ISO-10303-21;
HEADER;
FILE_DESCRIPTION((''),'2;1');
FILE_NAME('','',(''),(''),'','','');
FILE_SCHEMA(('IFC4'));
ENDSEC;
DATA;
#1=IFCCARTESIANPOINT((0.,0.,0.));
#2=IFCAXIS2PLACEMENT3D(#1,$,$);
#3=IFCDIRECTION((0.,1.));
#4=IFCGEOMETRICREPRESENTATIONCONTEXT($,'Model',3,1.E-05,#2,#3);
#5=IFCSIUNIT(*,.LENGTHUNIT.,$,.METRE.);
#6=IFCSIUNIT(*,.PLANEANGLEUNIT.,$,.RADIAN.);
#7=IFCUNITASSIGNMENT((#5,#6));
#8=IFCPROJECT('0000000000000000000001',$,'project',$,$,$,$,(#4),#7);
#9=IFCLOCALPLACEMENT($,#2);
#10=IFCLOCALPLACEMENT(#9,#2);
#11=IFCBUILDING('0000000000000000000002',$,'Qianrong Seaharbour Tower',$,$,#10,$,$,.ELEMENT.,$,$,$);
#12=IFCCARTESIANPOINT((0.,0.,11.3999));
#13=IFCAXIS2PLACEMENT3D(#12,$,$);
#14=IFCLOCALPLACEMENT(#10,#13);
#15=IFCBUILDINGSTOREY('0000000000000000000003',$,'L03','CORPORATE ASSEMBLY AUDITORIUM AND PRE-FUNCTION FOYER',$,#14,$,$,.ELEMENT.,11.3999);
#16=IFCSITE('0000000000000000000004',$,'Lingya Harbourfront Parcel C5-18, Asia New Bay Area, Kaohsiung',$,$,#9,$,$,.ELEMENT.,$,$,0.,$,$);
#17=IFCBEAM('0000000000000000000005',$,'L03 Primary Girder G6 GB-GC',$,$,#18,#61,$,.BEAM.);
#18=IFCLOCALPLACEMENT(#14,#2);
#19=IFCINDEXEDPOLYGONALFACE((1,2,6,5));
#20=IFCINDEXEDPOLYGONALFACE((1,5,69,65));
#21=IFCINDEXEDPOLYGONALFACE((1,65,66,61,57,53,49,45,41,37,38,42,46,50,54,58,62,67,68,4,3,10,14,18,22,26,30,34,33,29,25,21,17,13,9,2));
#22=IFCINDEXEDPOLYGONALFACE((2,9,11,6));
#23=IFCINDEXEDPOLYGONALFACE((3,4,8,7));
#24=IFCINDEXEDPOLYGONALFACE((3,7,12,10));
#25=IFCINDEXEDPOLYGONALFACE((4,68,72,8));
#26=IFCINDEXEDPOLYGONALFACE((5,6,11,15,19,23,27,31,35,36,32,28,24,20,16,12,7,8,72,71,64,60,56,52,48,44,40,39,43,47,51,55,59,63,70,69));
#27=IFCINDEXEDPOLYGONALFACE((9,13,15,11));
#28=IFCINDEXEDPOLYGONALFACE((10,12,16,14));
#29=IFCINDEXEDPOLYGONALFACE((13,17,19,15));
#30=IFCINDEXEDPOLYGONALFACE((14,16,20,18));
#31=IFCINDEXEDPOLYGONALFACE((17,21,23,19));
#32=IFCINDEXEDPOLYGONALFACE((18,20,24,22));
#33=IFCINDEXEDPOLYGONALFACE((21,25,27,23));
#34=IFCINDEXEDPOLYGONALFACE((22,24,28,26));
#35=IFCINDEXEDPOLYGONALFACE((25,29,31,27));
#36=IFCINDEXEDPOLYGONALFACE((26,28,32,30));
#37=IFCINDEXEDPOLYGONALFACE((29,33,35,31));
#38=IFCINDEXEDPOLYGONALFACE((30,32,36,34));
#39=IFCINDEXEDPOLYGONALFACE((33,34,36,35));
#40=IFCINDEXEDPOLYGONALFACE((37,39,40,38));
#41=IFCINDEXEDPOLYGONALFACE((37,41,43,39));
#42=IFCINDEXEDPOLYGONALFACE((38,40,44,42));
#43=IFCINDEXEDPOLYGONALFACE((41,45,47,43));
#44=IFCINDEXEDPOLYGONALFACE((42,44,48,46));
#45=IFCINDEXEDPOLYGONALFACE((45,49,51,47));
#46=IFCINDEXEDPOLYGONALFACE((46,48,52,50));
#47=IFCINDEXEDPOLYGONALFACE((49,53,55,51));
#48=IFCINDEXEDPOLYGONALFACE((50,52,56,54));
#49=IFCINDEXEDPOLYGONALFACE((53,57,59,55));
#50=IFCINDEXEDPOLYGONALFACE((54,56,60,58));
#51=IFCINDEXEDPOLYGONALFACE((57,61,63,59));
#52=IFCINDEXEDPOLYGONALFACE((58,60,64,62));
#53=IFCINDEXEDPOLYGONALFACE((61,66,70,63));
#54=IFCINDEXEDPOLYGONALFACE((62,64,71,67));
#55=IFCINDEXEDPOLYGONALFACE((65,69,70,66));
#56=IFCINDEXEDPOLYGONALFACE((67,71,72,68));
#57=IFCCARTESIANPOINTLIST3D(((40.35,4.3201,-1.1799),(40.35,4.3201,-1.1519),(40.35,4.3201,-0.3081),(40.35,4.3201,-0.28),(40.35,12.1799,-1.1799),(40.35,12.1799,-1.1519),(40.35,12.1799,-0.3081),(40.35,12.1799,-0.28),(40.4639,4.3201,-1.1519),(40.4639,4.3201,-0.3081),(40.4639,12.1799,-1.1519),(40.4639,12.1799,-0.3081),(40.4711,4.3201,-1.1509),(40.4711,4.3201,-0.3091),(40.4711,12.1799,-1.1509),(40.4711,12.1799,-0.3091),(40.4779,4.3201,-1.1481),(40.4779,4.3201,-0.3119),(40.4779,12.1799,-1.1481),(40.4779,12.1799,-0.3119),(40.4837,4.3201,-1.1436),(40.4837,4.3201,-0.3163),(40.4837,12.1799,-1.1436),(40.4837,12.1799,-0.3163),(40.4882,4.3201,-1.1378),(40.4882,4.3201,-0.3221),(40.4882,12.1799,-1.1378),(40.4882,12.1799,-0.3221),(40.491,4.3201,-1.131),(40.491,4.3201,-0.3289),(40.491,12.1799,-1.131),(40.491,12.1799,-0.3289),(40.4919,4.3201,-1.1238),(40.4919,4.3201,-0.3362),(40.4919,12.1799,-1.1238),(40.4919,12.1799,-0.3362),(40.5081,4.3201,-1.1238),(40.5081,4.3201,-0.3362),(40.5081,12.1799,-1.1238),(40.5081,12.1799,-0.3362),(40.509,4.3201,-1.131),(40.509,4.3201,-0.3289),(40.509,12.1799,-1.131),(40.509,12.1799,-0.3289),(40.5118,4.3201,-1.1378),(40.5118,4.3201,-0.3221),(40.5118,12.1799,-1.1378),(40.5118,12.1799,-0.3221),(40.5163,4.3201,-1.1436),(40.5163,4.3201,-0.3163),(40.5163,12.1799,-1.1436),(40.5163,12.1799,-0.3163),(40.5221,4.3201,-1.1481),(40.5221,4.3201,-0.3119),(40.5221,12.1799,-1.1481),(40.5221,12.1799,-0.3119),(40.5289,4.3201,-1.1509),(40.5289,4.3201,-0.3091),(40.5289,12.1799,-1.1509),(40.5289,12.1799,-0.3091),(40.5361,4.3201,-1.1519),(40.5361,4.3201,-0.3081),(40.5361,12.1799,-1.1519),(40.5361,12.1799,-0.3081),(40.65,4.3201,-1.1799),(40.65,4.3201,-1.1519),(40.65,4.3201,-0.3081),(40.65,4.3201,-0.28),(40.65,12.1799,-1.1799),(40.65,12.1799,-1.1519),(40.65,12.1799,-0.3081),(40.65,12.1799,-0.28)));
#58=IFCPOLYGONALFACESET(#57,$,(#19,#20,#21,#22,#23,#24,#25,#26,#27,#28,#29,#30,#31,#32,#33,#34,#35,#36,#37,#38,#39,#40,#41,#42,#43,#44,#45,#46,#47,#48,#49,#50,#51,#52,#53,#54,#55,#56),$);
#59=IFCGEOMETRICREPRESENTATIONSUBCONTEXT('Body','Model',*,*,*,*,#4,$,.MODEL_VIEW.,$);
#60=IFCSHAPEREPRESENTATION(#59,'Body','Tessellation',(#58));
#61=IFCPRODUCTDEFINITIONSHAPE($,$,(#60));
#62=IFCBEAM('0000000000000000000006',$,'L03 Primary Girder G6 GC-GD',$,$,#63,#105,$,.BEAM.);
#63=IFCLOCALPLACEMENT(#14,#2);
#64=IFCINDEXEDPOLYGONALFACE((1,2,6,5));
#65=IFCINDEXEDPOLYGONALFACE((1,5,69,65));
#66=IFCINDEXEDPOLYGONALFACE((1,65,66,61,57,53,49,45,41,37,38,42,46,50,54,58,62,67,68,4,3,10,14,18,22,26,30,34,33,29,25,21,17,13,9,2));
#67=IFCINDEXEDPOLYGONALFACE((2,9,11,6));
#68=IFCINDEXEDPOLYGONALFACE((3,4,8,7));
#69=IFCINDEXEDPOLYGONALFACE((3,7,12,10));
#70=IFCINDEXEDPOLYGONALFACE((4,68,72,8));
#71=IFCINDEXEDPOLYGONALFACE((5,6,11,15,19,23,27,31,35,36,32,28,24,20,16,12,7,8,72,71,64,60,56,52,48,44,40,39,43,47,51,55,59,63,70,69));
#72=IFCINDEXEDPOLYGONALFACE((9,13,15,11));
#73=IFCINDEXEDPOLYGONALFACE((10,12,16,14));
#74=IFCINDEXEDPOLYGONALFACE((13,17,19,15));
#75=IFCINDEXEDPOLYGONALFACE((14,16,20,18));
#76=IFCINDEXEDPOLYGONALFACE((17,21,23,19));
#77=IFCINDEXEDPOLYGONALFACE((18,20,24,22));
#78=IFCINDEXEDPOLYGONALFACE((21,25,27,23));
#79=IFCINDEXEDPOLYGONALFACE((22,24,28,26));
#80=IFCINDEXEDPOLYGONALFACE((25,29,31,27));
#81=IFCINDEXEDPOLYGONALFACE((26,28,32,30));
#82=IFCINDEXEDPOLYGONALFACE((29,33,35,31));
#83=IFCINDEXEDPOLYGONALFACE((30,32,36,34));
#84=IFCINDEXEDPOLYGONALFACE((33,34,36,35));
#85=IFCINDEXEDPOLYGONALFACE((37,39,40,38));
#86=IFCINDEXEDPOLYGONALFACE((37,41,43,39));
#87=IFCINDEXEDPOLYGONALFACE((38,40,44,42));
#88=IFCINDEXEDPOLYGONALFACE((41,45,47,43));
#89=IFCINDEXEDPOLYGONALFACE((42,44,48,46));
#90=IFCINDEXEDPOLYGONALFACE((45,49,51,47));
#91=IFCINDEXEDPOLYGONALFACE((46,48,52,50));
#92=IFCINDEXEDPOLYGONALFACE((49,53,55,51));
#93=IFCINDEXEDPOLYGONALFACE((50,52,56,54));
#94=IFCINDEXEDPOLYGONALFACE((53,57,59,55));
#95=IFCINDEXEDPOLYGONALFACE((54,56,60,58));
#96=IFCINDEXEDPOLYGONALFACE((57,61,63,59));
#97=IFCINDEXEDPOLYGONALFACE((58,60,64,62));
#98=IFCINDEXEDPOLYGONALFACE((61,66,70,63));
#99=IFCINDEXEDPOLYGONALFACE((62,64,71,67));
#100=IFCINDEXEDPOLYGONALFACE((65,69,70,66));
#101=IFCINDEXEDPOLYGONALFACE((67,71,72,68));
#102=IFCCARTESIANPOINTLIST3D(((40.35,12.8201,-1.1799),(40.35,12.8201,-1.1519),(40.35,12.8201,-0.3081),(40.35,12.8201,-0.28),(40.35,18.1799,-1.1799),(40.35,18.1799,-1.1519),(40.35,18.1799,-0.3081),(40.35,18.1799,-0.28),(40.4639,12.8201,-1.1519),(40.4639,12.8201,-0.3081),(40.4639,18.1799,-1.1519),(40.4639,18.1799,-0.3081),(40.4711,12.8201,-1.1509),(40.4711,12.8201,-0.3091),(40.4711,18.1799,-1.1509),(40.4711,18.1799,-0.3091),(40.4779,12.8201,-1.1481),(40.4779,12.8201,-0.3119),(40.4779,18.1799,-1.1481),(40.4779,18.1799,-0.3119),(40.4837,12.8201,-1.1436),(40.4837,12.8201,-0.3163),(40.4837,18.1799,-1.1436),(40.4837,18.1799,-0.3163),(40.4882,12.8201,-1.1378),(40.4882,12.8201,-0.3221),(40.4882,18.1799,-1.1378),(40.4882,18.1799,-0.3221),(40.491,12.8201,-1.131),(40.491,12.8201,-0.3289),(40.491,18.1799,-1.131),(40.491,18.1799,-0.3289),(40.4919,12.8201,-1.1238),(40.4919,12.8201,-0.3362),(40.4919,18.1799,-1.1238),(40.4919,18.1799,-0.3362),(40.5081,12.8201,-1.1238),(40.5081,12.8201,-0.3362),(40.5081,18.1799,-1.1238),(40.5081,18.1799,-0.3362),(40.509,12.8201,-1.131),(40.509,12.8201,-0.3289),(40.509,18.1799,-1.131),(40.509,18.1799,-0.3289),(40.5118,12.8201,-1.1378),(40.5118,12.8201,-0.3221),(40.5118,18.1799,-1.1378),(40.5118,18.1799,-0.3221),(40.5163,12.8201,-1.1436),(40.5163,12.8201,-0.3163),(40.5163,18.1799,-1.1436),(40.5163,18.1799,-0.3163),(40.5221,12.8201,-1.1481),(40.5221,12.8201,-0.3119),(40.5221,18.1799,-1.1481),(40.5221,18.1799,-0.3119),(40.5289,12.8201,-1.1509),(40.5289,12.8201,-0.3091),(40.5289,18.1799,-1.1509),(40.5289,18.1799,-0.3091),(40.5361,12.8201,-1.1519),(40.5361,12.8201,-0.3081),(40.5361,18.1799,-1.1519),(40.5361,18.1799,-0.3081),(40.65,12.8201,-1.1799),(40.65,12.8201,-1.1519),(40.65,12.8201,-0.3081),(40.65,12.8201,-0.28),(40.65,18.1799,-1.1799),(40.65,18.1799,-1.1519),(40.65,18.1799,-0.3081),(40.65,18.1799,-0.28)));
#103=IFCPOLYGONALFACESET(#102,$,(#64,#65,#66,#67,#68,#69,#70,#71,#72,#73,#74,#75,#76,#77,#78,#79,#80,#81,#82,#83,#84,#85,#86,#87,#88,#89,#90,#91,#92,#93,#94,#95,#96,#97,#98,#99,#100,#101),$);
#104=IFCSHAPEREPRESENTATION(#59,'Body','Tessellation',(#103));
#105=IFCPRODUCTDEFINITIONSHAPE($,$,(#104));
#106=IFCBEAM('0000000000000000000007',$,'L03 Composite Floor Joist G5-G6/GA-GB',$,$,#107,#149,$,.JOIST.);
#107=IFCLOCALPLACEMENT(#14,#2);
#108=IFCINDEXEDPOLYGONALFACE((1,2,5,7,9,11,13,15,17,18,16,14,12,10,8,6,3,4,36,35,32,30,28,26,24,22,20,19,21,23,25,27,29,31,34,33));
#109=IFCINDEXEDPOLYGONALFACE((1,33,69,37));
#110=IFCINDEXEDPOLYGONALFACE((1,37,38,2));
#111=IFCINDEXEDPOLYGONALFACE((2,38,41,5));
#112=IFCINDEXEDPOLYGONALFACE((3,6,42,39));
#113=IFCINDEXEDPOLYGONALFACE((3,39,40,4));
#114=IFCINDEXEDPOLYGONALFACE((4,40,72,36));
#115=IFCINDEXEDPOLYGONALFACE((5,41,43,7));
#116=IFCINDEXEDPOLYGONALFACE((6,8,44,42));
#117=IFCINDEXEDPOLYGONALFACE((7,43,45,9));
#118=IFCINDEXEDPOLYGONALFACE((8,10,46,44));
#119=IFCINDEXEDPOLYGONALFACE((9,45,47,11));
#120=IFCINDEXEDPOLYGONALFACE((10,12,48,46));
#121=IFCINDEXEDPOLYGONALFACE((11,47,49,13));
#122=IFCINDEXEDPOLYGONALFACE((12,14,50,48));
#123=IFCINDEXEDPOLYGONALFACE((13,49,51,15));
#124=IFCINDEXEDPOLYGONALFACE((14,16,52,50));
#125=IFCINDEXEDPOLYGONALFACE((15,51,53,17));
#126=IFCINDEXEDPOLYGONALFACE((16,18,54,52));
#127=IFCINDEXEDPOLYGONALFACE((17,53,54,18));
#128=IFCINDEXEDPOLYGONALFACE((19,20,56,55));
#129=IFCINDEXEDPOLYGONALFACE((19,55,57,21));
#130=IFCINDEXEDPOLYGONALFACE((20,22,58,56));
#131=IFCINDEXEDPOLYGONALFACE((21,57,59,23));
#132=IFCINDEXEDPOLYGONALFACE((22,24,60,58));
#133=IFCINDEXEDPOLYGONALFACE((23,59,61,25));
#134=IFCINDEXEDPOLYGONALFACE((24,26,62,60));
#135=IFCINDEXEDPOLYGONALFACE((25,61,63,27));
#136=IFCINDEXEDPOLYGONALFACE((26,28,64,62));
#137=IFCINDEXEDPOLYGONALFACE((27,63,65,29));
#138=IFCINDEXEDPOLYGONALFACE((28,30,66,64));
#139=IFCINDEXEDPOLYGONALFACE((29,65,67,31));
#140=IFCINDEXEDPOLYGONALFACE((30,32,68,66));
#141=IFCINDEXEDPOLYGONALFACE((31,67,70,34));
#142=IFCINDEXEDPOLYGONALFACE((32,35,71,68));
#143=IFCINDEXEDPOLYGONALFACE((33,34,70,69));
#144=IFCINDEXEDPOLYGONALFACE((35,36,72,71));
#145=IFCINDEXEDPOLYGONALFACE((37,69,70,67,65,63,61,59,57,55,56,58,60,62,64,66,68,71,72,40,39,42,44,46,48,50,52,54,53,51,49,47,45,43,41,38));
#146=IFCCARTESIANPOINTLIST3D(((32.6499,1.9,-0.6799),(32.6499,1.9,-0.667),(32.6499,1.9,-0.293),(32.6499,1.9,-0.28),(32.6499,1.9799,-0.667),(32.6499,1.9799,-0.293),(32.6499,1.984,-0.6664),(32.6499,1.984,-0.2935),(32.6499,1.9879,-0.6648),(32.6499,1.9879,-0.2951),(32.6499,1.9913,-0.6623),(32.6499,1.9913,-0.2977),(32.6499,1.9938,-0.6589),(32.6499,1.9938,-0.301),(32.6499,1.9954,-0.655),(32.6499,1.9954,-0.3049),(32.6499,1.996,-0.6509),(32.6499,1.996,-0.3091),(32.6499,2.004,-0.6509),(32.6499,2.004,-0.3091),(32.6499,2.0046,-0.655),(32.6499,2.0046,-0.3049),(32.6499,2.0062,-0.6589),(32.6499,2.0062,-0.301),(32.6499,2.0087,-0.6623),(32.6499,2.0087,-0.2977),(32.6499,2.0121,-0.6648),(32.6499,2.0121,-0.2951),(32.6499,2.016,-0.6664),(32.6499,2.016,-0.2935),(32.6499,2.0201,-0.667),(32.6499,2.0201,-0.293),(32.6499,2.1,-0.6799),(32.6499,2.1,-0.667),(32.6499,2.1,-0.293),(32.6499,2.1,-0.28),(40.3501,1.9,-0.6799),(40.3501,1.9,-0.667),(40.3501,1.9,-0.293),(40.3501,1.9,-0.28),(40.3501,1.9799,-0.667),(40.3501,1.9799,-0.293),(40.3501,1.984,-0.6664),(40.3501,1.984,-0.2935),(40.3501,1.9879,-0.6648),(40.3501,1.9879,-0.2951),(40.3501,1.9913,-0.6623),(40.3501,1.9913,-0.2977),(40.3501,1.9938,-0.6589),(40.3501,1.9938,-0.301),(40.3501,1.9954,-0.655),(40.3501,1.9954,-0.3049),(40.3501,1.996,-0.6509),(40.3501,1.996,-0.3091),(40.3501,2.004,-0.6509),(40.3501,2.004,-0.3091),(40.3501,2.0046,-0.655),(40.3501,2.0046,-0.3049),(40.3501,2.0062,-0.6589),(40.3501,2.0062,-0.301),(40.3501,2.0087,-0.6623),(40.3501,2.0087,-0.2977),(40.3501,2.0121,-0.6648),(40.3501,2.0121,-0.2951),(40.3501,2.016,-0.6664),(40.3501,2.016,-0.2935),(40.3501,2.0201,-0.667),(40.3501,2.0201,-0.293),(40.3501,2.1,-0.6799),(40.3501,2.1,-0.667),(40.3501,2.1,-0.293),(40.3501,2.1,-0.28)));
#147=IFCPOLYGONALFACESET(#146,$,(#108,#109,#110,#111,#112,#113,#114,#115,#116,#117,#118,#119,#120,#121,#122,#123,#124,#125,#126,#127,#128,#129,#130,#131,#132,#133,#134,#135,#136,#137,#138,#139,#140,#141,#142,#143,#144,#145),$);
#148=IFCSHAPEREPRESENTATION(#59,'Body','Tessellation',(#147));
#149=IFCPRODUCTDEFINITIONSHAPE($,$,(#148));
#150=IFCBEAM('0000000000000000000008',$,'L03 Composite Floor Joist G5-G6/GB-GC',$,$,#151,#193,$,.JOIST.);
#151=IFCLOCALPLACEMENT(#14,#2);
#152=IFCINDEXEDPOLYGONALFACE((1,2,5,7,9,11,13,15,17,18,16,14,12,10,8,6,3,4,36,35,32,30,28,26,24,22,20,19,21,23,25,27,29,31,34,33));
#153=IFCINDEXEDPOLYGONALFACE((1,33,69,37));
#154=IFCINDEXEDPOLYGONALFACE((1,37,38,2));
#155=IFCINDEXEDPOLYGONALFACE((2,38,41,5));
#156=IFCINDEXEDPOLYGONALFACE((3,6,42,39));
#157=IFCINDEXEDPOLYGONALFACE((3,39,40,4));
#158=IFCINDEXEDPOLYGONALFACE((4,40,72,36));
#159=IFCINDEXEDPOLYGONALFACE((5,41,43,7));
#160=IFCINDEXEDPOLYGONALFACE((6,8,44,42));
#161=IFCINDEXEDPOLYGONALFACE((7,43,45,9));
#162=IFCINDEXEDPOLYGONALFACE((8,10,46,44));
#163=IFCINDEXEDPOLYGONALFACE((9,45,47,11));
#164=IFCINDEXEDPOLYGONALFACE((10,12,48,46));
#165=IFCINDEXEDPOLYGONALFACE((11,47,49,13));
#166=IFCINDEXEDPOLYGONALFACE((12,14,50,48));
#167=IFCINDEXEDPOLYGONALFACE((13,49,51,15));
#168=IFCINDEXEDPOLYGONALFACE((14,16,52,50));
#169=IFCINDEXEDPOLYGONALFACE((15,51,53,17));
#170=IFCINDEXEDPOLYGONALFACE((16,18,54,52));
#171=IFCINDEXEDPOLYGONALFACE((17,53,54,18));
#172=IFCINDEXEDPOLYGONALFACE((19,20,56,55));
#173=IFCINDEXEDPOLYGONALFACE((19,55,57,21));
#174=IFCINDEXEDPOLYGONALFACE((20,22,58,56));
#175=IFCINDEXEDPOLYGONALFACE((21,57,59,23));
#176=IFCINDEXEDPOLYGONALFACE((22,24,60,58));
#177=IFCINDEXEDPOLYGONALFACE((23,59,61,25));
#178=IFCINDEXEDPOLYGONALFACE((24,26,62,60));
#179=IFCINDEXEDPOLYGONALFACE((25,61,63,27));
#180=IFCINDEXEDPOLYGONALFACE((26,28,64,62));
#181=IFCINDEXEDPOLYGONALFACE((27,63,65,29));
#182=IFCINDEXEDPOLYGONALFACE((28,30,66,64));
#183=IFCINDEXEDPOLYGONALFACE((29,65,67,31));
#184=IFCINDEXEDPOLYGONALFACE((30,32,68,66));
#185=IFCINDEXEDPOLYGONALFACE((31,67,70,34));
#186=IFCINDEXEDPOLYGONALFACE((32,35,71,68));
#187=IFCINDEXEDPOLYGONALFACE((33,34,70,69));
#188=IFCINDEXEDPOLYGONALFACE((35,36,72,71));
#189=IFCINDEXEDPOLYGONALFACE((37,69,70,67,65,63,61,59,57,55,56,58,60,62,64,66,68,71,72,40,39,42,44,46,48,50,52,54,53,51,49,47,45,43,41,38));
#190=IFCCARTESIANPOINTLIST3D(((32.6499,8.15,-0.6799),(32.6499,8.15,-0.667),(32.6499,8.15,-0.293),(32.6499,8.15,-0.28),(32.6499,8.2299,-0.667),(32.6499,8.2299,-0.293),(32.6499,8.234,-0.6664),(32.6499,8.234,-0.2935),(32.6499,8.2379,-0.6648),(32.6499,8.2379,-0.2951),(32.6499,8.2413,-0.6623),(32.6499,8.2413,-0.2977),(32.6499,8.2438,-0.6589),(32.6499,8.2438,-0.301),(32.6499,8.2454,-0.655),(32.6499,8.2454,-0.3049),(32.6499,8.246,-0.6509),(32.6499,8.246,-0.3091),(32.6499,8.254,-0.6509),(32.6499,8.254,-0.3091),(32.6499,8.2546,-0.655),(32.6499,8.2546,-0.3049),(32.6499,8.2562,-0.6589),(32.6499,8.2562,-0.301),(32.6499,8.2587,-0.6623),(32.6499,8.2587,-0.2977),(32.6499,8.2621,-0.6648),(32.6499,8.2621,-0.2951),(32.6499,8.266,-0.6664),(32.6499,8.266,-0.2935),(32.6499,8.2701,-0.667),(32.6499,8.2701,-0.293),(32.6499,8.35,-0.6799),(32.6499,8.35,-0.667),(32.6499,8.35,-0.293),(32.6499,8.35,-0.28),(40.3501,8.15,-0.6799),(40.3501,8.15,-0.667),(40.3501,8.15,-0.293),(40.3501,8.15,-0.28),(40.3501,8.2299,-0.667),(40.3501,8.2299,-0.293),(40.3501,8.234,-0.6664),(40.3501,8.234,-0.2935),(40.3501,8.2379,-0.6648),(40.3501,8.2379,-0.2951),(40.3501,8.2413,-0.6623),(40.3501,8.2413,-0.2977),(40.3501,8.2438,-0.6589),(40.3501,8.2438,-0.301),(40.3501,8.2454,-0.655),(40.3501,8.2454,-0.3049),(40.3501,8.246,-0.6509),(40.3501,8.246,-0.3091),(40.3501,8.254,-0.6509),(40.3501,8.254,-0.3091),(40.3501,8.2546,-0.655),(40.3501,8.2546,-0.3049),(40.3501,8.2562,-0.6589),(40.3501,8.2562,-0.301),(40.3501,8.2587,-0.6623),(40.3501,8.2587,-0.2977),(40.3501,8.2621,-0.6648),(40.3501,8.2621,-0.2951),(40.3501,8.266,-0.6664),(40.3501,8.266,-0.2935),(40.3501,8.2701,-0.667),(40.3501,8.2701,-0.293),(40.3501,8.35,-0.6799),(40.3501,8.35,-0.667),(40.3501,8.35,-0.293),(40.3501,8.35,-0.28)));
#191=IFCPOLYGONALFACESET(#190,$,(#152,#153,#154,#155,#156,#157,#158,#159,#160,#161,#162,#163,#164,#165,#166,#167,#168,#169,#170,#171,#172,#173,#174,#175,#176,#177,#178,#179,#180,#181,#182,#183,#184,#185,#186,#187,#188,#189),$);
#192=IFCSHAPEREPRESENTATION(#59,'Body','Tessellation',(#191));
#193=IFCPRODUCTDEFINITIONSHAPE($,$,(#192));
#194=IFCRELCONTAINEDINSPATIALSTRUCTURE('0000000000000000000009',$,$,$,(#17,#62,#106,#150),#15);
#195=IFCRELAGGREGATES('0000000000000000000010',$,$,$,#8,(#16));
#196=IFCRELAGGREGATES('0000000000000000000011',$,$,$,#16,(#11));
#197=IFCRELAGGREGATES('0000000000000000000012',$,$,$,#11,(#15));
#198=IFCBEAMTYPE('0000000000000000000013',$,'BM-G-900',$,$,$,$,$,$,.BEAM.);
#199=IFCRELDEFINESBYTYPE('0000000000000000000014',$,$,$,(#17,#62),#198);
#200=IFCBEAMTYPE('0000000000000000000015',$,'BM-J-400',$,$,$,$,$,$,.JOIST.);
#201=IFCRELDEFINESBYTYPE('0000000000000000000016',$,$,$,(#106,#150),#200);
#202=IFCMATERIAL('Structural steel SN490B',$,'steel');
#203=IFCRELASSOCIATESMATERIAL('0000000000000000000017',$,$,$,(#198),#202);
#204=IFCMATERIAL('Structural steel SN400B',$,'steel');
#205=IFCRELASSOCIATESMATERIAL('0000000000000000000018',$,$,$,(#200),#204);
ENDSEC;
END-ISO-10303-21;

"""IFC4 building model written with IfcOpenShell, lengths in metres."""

from ifc_helpers import new_model, si_unit, direction, frame, origin, origin_2d, place, context, subcontext, project, spatial, i_section, extrude, material, material_profile, profile_set, type_object, element, save


model = new_model("IFC4")

# Units and contexts
model_context = context("Model", 3, precision=1e-05, world=origin(), true_north=direction((0.0, 1.0)))
body_context = subcontext(model_context, "Body", "Model", "MODEL_VIEW")
ifc_project = project(units=[si_unit("LENGTHUNIT", "METRE"), si_unit("PLANEANGLEUNIT", "RADIAN")], contexts=[model_context])

# Site, building, storey
site_placement = place(None, origin())
site = spatial("IfcSite", under=ifc_project, at=site_placement, Name="Lingya Harbourfront Parcel C5-18, Asia New Bay Area, Kaohsiung", CompositionType="ELEMENT", RefElevation=0.0)
building_placement = place(site_placement, origin())
building = spatial("IfcBuilding", under=site, at=building_placement, Name="Qianrong Seaharbour Tower", CompositionType="ELEMENT")
storey_placement = place(building_placement, frame((0.0, 0.0, 11.3999)))
storey = spatial("IfcBuildingStorey", under=building, at=storey_placement, Name="L03", Description="CORPORATE ASSEMBLY AUDITORIUM AND PRE-FUNCTION FOYER", CompositionType="ELEMENT", Elevation=11.3999)

# Beams
ifc_material_1 = material(Name="Structural steel SN490B", Category="steel")
ifc_material_profile_1 = material_profile(ifc_material_1, i_section(OverallWidth=0.3, OverallDepth=0.8999, WebThickness=0.0161, FlangeThickness=0.0281, FilletRadius=0.0281, at=origin_2d()), Name="H900x300x16x28")
ifc_profile_set_1 = profile_set([ifc_material_profile_1], Name="Structural steel SN490B")
beam_type_1 = type_object("IfcBeamType", Name="BM-G-900", PredefinedType="BEAM", material=ifc_profile_set_1)
beam_1_placement = place(storey_placement, frame((40.5, 4.3201, -0.73), z_axis=(0.0, 1.0, 0.0), x_axis=(-1.0, 0.0, 0.0)))
element("IfcBeam", 1, at=beam_1_placement, inside=storey, type_object=beam_type_1, Name="L03 Primary Girder G6 GB-GC", PredefinedType="BEAM", context=body_context, shape_type="SweptSolid", body=[
    extrude(i_section(OverallWidth=0.3, OverallDepth=0.8999, WebThickness=0.0161, FlangeThickness=0.0281, FilletRadius=0.0281, at=origin_2d()), origin(), (0.0, 0.0, 1.0), 7.8599),
])
beam_2_placement = place(storey_placement, frame((40.5, 12.8201, -0.73), z_axis=(0.0, 1.0, 0.0), x_axis=(-1.0, 0.0, 0.0)))
element("IfcBeam", 2, at=beam_2_placement, inside=storey, type_object=beam_type_1, Name="L03 Primary Girder G6 GC-GD", PredefinedType="BEAM", context=body_context, shape_type="SweptSolid", body=[
    extrude(i_section(OverallWidth=0.3, OverallDepth=0.8999, WebThickness=0.0161, FlangeThickness=0.0281, FilletRadius=0.0281, at=origin_2d()), origin(), (0.0, 0.0, 1.0), 5.3599),
])
ifc_material_2 = material(Name="Structural steel SN400B", Category="steel")
ifc_material_profile_2 = material_profile(ifc_material_2, i_section(OverallWidth=0.2, OverallDepth=0.3999, WebThickness=0.0081, FlangeThickness=0.0129, FilletRadius=0.0161, at=origin_2d()), Name="H400x200x8x13")
ifc_profile_set_2 = profile_set([ifc_material_profile_2], Name="Structural steel SN400B")
beam_type_2 = type_object("IfcBeamType", Name="BM-J-400", PredefinedType="JOIST", material=ifc_profile_set_2)
for number, where, z_axis, x_axis, name in (
    (3, (32.6499, 2.0, -0.48), (1.0, 0.0, 0.0), (0.0, 1.0, 0.0), "L03 Composite Floor Joist G5-G6/GA-GB"),
    (4, (32.6499, 8.25, -0.48), (1.0, 0.0, 0.0), (0.0, 1.0, 0.0), "L03 Composite Floor Joist G5-G6/GB-GC"),
):
    element("IfcBeam", number, at=place(storey_placement, frame(where, z_axis=z_axis, x_axis=x_axis)), inside=storey, type_object=beam_type_2, Name=name, PredefinedType="JOIST", context=body_context, shape_type="SweptSolid", body=[
        extrude(i_section(OverallWidth=0.2, OverallDepth=0.3999, WebThickness=0.0081, FlangeThickness=0.0129, FilletRadius=0.0161, at=origin_2d()), origin(), (0.0, 0.0, 1.0), 7.7002),
    ])

save(model, "model.ifc")
